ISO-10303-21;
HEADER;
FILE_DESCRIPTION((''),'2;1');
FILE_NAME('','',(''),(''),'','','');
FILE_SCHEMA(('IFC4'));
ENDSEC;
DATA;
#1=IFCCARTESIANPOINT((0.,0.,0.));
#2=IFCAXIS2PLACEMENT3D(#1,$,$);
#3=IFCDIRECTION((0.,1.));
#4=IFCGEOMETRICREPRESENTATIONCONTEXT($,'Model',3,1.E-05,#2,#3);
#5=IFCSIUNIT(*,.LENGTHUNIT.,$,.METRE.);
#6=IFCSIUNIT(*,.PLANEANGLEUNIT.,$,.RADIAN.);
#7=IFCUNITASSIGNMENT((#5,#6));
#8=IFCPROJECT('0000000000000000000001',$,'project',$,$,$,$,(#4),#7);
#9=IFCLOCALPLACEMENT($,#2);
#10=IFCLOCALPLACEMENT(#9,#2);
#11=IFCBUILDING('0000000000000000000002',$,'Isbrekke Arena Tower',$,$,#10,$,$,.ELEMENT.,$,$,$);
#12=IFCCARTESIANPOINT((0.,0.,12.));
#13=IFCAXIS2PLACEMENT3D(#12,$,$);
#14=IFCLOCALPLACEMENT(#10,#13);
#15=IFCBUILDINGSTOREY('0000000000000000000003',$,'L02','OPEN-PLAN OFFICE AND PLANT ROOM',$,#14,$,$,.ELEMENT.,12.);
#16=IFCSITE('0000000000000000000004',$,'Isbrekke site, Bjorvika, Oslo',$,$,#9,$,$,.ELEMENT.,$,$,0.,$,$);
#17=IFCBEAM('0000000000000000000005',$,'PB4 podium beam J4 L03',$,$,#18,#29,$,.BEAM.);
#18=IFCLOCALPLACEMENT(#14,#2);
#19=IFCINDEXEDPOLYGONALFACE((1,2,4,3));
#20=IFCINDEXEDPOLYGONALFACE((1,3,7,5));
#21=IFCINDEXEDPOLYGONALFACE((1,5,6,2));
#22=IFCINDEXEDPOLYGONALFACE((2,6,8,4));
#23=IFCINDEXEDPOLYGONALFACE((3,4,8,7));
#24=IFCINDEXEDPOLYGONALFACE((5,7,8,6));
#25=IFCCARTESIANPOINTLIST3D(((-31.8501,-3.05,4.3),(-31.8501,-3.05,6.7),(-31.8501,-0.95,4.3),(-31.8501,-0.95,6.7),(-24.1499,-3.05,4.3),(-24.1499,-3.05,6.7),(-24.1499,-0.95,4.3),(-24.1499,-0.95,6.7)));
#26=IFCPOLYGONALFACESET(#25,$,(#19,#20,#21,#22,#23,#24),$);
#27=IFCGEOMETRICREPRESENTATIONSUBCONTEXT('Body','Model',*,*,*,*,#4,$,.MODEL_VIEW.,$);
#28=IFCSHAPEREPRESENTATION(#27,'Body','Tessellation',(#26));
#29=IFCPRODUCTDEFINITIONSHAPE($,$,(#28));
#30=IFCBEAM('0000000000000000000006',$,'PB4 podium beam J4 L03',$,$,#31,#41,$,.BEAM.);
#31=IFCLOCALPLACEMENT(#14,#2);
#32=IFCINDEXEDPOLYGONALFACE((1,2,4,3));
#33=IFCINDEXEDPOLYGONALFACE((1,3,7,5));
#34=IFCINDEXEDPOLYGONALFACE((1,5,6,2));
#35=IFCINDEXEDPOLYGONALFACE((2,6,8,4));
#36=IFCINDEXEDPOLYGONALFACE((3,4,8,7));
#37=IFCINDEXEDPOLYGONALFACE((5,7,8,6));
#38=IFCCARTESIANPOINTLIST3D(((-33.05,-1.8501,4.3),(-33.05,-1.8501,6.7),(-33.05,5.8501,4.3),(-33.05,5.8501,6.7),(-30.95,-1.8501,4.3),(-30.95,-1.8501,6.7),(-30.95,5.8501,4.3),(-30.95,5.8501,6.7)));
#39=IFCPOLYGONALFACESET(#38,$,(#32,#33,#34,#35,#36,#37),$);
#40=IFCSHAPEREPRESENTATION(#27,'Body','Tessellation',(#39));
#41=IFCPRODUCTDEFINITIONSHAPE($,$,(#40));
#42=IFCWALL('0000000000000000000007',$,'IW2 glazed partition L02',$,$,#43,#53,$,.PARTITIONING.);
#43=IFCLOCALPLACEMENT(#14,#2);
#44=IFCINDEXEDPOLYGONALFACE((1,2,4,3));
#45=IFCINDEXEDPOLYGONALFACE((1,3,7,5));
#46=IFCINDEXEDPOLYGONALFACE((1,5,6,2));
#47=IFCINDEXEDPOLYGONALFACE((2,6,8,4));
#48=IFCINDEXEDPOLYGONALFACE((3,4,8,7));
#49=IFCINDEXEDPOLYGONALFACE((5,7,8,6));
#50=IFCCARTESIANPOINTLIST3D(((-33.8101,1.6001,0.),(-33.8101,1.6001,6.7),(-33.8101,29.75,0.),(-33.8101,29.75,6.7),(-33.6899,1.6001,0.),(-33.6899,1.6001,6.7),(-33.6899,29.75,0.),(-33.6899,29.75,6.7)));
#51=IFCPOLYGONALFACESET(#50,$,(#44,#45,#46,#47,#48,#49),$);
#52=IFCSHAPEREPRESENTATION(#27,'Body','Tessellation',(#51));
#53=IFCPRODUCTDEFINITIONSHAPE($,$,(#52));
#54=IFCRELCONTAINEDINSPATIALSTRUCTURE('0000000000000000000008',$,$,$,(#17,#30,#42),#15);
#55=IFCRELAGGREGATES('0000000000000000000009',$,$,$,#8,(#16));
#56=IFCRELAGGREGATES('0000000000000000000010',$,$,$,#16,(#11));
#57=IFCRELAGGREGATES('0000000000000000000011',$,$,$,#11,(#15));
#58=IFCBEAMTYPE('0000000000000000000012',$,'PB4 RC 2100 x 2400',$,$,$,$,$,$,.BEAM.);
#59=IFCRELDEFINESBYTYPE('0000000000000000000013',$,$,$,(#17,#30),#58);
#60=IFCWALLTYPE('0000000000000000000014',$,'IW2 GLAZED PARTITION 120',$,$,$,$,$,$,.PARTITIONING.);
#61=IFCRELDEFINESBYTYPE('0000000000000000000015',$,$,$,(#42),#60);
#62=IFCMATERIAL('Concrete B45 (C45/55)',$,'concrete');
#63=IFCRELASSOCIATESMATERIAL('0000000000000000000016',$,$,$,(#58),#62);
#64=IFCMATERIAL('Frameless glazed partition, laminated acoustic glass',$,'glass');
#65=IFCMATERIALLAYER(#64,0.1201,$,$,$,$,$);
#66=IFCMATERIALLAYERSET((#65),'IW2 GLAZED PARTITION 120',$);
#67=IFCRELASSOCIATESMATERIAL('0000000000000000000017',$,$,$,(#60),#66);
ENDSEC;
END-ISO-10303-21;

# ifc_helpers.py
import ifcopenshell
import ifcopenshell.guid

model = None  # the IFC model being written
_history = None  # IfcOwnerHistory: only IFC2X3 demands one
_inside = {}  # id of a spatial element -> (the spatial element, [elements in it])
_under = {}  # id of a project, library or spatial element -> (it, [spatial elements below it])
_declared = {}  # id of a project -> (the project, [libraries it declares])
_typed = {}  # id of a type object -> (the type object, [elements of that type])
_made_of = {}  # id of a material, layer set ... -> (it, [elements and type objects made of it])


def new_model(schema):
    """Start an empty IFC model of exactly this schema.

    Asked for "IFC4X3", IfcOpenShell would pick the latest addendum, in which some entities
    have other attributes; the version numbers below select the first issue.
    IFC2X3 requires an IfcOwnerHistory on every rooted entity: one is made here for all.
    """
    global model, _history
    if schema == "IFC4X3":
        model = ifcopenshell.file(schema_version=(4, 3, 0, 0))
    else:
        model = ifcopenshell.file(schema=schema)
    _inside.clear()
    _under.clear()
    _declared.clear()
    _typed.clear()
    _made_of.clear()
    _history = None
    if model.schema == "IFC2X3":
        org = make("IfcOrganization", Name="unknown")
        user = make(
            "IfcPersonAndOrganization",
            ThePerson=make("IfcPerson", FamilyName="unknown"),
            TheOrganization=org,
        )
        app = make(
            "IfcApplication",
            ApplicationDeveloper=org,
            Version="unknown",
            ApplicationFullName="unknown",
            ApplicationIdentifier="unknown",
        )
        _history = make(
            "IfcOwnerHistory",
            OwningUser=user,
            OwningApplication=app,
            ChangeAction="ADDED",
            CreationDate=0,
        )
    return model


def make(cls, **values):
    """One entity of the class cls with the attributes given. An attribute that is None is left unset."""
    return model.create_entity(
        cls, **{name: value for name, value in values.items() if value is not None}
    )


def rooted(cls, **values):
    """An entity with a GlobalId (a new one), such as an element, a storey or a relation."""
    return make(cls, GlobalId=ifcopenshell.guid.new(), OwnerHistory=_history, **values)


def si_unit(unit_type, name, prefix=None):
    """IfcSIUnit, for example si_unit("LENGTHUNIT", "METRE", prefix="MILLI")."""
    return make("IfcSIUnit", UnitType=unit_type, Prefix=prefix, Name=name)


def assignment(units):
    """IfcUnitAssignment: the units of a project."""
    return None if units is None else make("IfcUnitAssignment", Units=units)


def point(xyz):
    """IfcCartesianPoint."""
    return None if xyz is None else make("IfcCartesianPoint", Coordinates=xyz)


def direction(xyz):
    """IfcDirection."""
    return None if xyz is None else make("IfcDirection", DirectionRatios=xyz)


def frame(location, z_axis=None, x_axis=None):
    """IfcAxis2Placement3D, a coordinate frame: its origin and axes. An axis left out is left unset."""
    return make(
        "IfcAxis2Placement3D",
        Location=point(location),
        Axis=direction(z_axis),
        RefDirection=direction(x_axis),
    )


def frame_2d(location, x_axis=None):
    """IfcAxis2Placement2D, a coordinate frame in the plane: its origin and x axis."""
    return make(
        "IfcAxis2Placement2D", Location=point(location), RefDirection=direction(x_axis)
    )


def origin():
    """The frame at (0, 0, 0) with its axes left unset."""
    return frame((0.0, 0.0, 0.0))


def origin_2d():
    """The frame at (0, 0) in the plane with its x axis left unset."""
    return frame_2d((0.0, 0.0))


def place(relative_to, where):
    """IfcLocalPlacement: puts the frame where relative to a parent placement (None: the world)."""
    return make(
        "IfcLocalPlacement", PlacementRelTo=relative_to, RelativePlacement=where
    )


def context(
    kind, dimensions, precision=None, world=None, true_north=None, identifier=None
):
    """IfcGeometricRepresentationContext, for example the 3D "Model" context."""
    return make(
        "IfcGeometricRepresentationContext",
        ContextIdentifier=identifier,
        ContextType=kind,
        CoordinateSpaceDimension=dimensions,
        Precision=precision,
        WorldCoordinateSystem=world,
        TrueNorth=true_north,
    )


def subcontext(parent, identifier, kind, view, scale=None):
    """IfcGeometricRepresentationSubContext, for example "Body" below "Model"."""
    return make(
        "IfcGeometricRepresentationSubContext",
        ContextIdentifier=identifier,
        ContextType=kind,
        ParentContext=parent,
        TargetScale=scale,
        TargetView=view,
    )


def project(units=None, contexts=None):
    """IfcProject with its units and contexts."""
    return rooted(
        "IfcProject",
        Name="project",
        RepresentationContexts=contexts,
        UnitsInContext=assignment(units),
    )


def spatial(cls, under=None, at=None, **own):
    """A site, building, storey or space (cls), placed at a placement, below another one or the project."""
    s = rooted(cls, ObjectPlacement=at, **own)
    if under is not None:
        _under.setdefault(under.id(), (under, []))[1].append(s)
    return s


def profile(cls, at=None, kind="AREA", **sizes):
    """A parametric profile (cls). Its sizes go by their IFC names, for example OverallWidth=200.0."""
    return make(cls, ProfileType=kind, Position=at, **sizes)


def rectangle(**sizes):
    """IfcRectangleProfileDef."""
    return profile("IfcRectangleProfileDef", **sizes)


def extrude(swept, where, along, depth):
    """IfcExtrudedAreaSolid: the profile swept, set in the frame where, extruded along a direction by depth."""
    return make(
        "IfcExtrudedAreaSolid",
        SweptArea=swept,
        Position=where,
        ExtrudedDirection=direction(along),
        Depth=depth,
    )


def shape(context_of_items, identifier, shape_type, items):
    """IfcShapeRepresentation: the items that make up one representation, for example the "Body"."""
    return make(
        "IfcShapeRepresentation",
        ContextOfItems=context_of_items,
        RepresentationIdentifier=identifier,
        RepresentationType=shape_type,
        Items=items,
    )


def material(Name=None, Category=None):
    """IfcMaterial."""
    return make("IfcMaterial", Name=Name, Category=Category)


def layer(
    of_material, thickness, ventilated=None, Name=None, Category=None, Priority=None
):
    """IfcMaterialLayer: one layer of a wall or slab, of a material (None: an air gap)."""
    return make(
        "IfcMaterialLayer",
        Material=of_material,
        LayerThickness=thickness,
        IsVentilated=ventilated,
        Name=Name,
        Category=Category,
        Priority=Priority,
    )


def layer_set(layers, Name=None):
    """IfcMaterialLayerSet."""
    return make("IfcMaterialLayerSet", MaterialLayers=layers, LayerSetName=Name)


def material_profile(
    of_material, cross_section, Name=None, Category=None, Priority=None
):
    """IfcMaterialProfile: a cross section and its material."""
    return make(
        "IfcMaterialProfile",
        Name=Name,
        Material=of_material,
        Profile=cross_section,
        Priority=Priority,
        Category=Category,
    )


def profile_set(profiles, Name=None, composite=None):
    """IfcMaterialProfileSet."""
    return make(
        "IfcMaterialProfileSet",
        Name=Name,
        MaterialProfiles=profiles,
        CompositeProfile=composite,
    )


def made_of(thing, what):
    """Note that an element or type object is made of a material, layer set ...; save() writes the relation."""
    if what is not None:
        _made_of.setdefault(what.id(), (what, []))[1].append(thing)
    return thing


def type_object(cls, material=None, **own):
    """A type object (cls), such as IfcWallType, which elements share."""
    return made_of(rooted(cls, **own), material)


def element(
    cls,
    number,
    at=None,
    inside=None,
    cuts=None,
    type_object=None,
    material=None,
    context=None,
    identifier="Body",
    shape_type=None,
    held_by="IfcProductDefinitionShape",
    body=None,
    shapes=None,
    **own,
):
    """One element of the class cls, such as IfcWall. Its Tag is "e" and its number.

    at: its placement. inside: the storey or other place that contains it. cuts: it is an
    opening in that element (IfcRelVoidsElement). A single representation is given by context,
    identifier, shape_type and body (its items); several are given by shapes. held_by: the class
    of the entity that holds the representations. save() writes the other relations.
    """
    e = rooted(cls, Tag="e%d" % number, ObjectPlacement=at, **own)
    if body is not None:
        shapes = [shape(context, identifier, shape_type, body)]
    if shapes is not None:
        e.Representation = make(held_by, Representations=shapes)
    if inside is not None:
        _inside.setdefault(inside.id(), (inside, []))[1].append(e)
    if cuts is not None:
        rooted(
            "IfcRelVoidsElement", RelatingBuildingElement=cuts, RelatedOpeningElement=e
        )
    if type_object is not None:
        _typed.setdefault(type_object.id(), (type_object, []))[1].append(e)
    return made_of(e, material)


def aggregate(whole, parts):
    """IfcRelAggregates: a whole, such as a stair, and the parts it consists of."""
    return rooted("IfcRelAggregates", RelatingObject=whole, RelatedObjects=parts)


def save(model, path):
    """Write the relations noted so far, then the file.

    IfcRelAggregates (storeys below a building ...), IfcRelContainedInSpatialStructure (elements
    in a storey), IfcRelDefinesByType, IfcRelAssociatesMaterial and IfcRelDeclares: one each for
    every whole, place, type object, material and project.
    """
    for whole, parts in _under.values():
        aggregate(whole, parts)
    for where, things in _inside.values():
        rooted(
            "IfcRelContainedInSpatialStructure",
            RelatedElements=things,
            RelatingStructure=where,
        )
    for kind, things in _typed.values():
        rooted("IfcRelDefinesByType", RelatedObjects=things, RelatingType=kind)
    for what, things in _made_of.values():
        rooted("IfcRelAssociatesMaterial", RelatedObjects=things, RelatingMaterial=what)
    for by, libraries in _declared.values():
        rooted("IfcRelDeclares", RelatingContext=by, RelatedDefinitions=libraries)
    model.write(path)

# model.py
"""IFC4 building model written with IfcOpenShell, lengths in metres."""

from ifc_helpers import new_model, si_unit, direction, frame, frame_2d, origin, origin_2d, place, context, subcontext, project, spatial, rectangle, extrude, material, layer, layer_set, material_profile, profile_set, type_object, element, save


model = new_model("IFC4")

# Units and contexts
model_context = context("Model", 3, precision=1e-05, world=origin(), true_north=direction((0.0, 1.0)))
body_context = subcontext(model_context, "Body", "Model", "MODEL_VIEW")
ifc_project = project(units=[si_unit("LENGTHUNIT", "METRE"), si_unit("PLANEANGLEUNIT", "RADIAN")], contexts=[model_context])

# Site, building, storey
site_placement = place(None, origin())
site = spatial("IfcSite", under=ifc_project, at=site_placement, Name="Isbrekke site, Bjorvika, Oslo", CompositionType="ELEMENT", RefElevation=0.0)
building_placement = place(site_placement, origin())
building = spatial("IfcBuilding", under=site, at=building_placement, Name="Isbrekke Arena Tower", CompositionType="ELEMENT")
storey_placement = place(building_placement, frame((0.0, 0.0, 12.0)))
storey = spatial("IfcBuildingStorey", under=building, at=storey_placement, Name="L02", Description="OPEN-PLAN OFFICE AND PLANT ROOM", CompositionType="ELEMENT", Elevation=12.0)

# Beams
ifc_material_1 = material(Name="Concrete B45 (C45/55)", Category="concrete")
ifc_material_profile_1 = material_profile(ifc_material_1, rectangle(XDim=2.1001, YDim=2.3999, at=origin_2d()), Name="RC 2100x2400")
ifc_profile_set_1 = profile_set([ifc_material_profile_1], Name="Concrete B45 (C45/55)")
beam_type_1 = type_object("IfcBeamType", Name="PB4 RC 2100 x 2400", PredefinedType="BEAM", material=ifc_profile_set_1)
for number, where, z_axis, x_axis, name in (
    (1, (-31.8501, -2.0, 5.5), (1.0, 0.0, 0.0), (0.0, 1.0, 0.0), "PB4 podium beam J4 L03"),
    (2, (-32.0, -1.8501, 5.5), (0.0, 1.0, 0.0), (-1.0, 0.0, 0.0), "PB4 podium beam J4 L03"),
):
    element("IfcBeam", number, at=place(storey_placement, frame(where, z_axis=z_axis, x_axis=x_axis)), inside=storey, type_object=beam_type_1, Name=name, PredefinedType="BEAM", context=body_context, shape_type="SweptSolid", body=[
        extrude(rectangle(XDim=2.1001, YDim=2.3999, at=origin_2d()), origin(), (0.0, 0.0, 1.0), 7.7002),
    ])

# Wall
ifc_material_2 = material(Name="Frameless glazed partition, laminated acoustic glass", Category="glass")
ifc_layer = layer(ifc_material_2, 0.1201)
ifc_layer_set = layer_set([ifc_layer], Name="IW2 GLAZED PARTITION 120")
wall_type = type_object("IfcWallType", Name="IW2 GLAZED PARTITION 120", PredefinedType="PARTITIONING", material=ifc_layer_set)
wall_placement = place(storey_placement, frame((-33.75, 1.6001, 0.0), z_axis=(0.0, 0.0, 1.0), x_axis=(0.0, 1.0, 0.0)))
element("IfcWall", 3, at=wall_placement, inside=storey, type_object=wall_type, Name="IW2 glazed partition L02", PredefinedType="PARTITIONING", context=body_context, shape_type="SweptSolid", body=[
    extrude(rectangle(XDim=28.1499, YDim=0.1201, at=frame_2d((14.075, 0.0))), origin(), (0.0, 0.0, 1.0), 6.7),
])

save(model, "model.ifc")
